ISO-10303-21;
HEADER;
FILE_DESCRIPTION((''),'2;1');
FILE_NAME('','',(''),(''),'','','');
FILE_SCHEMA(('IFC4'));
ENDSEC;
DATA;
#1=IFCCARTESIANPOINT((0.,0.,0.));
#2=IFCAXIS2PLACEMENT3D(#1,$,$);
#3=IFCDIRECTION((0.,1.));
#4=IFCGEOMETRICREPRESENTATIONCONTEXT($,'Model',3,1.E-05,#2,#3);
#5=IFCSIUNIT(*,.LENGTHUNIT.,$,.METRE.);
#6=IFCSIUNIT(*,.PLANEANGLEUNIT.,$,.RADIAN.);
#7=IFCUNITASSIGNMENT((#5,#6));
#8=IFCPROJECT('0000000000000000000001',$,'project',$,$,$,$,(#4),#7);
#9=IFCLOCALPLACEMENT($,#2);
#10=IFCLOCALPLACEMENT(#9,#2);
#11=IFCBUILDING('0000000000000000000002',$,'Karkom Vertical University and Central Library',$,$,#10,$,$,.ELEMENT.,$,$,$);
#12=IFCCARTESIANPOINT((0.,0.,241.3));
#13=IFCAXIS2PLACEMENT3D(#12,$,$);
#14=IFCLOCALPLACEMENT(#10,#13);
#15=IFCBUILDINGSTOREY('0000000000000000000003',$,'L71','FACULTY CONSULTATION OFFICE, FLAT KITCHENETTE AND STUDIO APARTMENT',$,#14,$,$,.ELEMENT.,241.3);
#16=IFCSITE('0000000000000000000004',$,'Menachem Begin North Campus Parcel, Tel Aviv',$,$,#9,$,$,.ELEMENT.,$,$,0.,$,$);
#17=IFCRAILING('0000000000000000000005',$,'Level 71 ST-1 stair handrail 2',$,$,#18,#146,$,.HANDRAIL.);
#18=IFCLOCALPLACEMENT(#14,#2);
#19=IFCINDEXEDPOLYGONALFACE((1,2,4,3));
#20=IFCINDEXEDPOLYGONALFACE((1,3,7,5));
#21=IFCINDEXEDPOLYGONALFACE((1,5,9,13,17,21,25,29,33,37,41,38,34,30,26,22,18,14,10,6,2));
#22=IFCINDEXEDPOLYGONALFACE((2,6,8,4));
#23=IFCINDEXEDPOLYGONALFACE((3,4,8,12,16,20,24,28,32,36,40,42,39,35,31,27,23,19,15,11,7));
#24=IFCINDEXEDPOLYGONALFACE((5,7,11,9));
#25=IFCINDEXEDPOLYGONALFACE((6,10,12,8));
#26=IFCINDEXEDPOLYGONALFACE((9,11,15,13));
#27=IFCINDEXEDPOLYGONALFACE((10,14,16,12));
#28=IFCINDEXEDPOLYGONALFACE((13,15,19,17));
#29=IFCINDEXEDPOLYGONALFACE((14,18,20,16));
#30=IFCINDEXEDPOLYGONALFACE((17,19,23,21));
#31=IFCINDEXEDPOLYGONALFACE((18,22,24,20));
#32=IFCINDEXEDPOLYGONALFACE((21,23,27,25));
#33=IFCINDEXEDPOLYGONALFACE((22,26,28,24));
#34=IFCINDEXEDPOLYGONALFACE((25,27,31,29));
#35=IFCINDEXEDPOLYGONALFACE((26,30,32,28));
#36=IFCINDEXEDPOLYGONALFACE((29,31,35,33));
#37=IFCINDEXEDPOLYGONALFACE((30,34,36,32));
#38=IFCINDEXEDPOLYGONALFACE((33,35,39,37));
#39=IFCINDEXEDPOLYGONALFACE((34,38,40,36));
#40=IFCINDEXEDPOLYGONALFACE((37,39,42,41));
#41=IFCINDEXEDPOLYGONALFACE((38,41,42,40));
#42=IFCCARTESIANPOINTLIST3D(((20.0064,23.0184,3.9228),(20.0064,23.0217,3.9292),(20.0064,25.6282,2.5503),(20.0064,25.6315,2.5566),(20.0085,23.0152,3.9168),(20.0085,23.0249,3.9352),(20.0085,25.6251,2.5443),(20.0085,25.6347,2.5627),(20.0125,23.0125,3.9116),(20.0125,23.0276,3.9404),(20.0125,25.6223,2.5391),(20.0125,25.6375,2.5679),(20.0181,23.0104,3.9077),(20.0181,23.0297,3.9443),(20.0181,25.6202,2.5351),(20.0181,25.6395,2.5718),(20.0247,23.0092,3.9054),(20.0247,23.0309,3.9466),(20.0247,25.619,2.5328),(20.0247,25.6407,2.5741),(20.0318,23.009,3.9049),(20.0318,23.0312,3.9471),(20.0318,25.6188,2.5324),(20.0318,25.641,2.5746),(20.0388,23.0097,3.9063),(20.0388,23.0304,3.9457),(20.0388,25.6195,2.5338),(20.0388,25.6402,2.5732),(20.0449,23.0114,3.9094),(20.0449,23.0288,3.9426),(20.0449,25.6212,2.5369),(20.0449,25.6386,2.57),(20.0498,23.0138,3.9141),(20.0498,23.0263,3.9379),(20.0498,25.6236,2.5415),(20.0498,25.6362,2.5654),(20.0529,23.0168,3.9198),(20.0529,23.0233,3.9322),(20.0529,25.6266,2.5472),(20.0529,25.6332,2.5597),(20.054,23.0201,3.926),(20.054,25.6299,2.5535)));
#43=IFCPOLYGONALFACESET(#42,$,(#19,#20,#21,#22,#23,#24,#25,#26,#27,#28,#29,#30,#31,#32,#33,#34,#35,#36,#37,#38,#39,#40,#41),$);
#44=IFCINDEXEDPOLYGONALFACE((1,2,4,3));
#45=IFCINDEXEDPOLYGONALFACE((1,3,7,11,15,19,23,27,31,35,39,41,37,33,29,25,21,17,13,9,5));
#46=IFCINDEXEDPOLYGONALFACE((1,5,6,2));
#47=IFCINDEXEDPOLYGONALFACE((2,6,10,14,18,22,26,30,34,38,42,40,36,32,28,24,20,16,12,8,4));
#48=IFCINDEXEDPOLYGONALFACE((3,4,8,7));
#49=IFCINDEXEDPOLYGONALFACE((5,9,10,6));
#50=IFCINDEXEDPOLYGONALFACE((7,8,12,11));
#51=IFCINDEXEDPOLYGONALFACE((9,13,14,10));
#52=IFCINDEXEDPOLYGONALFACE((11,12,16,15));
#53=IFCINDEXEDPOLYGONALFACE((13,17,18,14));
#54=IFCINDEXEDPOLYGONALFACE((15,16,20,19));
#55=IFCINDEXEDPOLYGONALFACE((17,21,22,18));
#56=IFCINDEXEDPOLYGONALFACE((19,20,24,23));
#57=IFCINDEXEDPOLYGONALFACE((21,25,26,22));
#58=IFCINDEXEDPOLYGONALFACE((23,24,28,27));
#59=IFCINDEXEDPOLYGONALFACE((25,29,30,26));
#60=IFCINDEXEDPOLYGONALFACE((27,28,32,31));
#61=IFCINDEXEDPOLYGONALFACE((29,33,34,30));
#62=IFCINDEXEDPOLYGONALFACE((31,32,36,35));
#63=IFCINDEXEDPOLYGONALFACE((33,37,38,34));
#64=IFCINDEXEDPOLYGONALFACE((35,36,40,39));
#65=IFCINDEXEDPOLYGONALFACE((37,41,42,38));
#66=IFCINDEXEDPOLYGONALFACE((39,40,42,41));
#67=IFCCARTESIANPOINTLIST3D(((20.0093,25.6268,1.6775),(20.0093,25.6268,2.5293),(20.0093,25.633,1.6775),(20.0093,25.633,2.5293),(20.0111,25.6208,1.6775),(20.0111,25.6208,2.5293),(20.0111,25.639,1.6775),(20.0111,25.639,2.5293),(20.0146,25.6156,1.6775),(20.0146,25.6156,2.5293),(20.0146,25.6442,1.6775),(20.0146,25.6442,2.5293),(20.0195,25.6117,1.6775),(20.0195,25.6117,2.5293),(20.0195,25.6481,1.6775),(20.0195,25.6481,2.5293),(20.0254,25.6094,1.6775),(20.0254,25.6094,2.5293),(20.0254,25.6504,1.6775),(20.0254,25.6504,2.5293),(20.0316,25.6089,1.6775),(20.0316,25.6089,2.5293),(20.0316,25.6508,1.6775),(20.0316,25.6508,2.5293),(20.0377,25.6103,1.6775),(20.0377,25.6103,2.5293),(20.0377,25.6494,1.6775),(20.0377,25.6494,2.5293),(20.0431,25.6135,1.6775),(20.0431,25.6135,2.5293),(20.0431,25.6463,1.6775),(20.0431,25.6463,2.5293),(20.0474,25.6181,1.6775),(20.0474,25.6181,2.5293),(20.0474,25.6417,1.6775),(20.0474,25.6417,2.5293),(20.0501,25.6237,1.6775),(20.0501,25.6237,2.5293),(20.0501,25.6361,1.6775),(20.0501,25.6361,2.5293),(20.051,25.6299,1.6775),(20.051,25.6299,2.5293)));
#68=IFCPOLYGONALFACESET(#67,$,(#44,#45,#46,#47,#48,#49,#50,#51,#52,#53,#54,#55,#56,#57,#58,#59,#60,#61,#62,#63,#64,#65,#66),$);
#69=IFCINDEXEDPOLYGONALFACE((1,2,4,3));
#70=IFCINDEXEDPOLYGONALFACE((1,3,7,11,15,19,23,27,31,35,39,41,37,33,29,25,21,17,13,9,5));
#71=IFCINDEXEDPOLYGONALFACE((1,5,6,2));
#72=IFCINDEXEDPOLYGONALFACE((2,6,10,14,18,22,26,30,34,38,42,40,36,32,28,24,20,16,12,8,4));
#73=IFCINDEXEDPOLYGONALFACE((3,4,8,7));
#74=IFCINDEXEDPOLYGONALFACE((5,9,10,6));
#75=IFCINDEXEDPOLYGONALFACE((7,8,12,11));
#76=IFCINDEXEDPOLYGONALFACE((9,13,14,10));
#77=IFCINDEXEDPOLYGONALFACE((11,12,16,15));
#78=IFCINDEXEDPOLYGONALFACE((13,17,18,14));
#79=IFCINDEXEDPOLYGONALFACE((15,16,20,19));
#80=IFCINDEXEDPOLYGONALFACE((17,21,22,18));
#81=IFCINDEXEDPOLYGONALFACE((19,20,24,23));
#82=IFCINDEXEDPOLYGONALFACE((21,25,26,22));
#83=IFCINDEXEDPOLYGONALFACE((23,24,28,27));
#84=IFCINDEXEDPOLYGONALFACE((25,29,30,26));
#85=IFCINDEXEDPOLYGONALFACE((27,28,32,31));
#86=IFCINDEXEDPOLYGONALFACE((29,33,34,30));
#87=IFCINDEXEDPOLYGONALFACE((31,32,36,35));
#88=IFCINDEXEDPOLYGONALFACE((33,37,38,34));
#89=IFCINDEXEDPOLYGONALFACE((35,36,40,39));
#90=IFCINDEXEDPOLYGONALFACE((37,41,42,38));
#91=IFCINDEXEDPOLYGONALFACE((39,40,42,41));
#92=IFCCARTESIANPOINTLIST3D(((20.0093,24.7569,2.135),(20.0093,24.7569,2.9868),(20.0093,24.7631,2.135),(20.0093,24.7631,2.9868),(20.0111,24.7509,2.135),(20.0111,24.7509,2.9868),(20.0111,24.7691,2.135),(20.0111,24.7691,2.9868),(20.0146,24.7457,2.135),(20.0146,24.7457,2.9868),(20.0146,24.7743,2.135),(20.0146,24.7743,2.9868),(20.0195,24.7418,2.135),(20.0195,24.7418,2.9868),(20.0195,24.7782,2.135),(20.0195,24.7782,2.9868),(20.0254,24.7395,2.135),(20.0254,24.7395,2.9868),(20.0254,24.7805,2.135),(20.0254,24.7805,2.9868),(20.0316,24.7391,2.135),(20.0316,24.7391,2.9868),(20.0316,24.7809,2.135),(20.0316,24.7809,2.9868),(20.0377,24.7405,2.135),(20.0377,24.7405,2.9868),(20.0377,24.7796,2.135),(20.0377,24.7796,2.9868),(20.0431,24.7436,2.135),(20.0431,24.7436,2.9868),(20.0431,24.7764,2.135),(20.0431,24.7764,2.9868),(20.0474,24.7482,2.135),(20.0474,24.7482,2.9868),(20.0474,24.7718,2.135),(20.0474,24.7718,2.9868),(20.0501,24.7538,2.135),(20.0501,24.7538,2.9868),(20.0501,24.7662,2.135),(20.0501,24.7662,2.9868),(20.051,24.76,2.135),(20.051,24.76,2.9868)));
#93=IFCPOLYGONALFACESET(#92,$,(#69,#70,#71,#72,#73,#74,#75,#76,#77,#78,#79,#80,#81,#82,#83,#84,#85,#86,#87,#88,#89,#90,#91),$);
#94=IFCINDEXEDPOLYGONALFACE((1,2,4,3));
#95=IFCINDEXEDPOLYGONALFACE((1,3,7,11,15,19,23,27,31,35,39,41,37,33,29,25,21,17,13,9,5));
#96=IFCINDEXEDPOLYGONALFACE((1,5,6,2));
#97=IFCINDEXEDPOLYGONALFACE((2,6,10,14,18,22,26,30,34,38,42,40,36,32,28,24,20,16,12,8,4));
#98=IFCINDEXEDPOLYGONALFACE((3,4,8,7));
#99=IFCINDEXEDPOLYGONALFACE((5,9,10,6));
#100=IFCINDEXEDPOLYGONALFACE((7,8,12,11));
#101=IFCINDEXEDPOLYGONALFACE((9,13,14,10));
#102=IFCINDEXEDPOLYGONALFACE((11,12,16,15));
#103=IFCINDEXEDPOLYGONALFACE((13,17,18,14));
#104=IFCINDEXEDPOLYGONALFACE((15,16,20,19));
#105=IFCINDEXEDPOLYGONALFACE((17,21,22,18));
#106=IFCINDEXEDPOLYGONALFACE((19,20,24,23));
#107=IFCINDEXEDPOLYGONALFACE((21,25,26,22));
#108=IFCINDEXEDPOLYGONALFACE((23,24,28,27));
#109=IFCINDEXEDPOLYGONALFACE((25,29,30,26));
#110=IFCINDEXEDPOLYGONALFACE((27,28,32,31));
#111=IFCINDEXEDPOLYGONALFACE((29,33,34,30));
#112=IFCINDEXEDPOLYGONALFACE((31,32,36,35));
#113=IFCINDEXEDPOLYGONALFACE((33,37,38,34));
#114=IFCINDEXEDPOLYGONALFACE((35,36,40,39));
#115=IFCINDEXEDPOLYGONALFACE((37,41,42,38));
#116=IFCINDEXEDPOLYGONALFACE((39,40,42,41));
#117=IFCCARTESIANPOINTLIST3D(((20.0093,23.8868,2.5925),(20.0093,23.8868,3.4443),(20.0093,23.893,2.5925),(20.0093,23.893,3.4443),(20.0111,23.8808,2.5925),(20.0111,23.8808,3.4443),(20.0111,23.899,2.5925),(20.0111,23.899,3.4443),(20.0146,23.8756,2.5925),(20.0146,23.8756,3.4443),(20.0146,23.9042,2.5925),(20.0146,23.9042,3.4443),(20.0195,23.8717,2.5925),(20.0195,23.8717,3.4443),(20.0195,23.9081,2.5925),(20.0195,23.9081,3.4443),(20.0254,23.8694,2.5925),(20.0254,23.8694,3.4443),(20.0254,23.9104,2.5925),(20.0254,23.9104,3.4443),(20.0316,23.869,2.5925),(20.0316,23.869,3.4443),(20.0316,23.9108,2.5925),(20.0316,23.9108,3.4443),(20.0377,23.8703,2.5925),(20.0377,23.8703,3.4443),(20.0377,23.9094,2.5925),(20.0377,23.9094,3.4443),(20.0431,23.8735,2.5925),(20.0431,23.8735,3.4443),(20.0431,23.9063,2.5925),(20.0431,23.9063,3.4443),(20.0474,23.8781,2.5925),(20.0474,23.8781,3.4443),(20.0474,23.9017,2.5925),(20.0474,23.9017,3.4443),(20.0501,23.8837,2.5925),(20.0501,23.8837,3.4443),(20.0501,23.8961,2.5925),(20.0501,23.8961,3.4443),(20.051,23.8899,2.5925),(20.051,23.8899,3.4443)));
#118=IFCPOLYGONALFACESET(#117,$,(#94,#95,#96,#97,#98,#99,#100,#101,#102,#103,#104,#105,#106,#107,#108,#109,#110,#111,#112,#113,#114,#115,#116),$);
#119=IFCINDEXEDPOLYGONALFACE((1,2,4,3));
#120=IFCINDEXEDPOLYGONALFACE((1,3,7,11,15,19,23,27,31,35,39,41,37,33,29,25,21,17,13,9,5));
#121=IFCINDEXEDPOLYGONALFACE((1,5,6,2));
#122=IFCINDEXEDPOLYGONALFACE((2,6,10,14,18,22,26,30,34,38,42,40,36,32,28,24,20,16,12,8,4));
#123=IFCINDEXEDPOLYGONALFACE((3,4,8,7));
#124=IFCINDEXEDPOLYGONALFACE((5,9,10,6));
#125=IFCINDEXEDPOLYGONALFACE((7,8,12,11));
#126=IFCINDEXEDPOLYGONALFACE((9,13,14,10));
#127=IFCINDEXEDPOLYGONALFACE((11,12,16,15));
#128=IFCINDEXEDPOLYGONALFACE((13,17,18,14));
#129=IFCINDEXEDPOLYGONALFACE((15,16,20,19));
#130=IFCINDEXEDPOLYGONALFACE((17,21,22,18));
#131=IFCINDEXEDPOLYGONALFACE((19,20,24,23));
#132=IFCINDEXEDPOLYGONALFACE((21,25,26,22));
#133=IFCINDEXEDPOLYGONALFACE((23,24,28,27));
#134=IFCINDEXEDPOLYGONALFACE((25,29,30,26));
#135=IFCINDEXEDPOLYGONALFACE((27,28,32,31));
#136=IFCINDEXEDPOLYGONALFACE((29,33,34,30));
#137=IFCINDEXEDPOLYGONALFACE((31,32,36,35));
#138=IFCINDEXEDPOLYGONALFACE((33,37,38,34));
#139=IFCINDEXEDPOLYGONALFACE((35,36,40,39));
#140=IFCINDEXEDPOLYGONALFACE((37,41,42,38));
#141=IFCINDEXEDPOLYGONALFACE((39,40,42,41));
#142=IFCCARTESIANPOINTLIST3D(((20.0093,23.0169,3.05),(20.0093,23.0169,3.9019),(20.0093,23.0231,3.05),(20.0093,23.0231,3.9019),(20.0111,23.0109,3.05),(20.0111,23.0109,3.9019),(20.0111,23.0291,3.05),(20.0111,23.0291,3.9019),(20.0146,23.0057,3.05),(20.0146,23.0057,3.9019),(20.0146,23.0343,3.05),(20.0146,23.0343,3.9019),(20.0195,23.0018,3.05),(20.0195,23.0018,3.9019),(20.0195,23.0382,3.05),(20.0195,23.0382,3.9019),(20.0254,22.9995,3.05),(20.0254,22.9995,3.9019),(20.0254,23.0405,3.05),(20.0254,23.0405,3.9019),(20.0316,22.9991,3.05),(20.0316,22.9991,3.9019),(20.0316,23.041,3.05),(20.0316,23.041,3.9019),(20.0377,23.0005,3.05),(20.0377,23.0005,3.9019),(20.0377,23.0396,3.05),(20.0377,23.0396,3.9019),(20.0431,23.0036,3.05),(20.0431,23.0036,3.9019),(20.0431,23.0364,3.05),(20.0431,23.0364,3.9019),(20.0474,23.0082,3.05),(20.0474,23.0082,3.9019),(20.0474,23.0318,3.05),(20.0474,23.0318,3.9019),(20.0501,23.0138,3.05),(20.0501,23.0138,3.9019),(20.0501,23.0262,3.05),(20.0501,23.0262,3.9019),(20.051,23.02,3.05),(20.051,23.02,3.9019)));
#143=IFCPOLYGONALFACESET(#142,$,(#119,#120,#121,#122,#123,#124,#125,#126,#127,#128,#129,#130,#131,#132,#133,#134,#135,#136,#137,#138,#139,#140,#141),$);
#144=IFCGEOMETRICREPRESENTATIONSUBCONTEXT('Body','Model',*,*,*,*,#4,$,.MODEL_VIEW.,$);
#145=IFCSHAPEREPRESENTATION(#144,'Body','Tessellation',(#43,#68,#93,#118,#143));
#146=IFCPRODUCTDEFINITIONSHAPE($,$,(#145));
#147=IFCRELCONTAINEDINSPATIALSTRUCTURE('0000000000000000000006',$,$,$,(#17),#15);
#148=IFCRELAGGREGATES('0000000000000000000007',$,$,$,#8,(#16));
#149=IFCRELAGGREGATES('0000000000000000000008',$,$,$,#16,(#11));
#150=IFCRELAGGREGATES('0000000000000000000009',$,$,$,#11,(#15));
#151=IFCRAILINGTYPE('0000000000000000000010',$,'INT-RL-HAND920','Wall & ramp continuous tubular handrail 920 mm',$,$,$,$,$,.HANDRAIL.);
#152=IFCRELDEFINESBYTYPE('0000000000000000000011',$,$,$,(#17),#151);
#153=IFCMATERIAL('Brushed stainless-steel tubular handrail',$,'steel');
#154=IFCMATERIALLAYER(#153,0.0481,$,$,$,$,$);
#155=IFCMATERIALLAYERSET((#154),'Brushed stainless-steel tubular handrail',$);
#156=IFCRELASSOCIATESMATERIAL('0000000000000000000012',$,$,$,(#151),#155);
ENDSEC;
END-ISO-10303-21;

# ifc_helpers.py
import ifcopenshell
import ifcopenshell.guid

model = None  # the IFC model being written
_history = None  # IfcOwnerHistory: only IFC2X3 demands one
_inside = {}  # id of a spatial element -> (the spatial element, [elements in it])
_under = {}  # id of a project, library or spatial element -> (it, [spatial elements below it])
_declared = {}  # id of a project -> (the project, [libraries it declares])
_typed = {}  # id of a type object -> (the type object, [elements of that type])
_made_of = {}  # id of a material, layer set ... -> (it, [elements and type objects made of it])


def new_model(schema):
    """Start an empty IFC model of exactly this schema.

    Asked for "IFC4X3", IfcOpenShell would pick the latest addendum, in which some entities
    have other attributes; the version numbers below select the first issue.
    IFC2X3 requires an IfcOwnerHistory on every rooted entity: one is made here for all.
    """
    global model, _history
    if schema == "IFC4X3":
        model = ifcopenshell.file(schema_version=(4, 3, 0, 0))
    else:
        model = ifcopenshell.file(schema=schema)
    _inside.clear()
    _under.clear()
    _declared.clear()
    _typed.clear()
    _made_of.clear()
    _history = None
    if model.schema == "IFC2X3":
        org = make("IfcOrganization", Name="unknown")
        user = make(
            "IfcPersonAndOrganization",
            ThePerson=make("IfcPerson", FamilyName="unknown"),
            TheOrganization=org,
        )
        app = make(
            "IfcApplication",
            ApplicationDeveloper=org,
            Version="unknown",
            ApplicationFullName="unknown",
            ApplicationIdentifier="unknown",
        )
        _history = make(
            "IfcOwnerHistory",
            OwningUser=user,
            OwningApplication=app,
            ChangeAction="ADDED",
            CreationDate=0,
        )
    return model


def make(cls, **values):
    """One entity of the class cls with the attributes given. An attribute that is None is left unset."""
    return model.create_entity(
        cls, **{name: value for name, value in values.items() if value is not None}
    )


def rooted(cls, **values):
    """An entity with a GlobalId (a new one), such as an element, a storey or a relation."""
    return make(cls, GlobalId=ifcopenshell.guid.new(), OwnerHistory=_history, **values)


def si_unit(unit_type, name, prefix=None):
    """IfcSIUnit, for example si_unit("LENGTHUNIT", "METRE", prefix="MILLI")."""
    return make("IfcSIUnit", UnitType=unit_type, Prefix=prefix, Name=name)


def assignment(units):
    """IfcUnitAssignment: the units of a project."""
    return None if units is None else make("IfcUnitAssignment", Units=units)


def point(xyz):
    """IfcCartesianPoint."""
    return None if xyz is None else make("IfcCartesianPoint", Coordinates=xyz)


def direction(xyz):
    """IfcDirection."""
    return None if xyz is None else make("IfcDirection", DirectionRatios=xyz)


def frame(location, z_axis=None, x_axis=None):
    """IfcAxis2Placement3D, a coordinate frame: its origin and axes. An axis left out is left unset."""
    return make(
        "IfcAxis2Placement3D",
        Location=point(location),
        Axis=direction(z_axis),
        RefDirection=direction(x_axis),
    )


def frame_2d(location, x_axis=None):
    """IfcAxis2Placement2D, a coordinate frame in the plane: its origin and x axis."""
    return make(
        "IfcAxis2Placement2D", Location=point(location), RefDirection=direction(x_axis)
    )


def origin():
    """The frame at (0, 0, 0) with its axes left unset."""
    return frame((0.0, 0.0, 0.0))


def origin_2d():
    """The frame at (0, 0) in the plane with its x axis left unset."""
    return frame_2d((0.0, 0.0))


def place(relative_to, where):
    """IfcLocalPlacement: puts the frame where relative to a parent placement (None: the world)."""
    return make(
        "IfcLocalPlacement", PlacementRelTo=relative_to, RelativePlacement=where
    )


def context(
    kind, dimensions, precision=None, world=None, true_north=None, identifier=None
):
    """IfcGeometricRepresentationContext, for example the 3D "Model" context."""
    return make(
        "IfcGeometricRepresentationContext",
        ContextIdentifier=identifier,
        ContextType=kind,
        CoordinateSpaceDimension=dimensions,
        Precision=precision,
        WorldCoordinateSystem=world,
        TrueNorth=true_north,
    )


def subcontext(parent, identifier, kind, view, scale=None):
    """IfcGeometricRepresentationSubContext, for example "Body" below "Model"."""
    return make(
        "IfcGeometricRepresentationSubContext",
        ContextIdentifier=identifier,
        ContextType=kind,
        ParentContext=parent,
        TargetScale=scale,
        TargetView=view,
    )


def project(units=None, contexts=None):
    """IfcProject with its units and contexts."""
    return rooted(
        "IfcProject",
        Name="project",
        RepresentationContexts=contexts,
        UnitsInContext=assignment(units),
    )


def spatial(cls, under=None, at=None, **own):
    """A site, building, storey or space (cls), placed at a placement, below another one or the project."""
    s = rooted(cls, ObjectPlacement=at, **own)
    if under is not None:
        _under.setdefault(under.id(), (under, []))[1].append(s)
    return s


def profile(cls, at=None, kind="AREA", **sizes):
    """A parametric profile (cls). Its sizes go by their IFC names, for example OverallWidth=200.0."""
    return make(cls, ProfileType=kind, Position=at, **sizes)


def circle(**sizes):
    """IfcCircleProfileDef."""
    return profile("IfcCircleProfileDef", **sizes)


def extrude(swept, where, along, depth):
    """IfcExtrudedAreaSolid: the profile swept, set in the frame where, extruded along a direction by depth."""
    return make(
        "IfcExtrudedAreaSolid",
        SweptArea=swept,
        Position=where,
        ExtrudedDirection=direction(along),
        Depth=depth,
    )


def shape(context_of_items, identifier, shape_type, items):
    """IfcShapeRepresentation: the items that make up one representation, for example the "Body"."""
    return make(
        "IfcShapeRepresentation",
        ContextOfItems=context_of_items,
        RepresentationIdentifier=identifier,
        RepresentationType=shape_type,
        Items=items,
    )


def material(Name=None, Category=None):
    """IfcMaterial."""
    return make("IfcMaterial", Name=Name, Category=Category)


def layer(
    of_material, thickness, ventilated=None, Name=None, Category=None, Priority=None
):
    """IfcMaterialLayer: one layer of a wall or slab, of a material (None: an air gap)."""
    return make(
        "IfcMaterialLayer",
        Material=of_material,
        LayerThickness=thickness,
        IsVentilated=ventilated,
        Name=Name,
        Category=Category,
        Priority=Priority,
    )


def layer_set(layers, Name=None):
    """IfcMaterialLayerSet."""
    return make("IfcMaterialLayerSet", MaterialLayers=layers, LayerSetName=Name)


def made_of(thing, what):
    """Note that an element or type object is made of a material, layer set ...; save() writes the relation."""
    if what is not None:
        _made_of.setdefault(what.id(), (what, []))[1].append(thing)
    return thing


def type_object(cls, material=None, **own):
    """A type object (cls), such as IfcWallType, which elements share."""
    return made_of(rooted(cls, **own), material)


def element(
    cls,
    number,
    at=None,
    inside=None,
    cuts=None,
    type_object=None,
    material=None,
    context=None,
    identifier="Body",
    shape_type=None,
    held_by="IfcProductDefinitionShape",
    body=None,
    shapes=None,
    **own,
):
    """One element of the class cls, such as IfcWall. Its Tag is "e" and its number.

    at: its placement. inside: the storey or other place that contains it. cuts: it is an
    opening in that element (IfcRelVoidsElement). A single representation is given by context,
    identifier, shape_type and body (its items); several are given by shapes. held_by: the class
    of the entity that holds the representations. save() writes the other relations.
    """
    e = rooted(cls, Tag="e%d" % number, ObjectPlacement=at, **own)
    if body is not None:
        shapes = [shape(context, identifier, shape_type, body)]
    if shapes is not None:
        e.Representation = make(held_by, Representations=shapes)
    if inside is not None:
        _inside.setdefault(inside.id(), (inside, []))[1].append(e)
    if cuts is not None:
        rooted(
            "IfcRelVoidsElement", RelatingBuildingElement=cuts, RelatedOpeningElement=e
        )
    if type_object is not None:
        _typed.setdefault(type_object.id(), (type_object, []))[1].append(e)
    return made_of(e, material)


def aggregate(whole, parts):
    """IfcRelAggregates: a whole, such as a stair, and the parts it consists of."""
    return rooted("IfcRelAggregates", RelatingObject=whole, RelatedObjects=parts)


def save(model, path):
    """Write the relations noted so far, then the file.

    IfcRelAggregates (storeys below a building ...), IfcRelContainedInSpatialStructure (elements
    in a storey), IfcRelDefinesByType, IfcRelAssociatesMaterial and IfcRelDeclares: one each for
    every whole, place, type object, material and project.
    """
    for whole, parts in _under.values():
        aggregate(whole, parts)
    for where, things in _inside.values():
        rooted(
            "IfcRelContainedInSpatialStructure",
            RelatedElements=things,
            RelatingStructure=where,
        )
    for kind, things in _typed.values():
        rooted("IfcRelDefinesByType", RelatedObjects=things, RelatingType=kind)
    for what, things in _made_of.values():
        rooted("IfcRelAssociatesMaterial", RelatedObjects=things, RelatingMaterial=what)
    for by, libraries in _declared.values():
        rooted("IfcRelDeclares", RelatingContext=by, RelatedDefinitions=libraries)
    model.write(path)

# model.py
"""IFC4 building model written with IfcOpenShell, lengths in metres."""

from ifc_helpers import new_model, si_unit, direction, frame, origin, origin_2d, place, context, subcontext, project, spatial, circle, extrude, material, layer, layer_set, type_object, element, save


model = new_model("IFC4")

# Units and contexts
model_context = context("Model", 3, precision=1e-05, world=origin(), true_north=direction((0.0, 1.0)))
body_context = subcontext(model_context, "Body", "Model", "MODEL_VIEW")
ifc_project = project(units=[si_unit("LENGTHUNIT", "METRE"), si_unit("PLANEANGLEUNIT", "RADIAN")], contexts=[model_context])

# Site, building, storey
site_placement = place(None, origin())
site = spatial("IfcSite", under=ifc_project, at=site_placement, Name="Menachem Begin North Campus Parcel, Tel Aviv", CompositionType="ELEMENT", RefElevation=0.0)
building_placement = place(site_placement, origin())
building = spatial("IfcBuilding", under=site, at=building_placement, Name="Karkom Vertical University and Central Library", CompositionType="ELEMENT")
storey_placement = place(building_placement, frame((0.0, 0.0, 241.3)))
storey = spatial("IfcBuildingStorey", under=building, at=storey_placement, Name="L71", Description="FACULTY CONSULTATION OFFICE, FLAT KITCHENETTE AND STUDIO APARTMENT", CompositionType="ELEMENT", Elevation=241.3)

# Railing
ifc_material_1 = material(Name="Brushed stainless-steel tubular handrail", Category="steel")
ifc_layer_1 = layer(ifc_material_1, 0.0481)
ifc_layer_set_1 = layer_set([ifc_layer_1], Name="Brushed stainless-steel tubular handrail")
railing_type_1 = type_object("IfcRailingType", Name="INT-RL-HAND920", Description="Wall & ramp continuous tubular handrail 920 mm", PredefinedType="HANDRAIL", material=ifc_layer_set_1)
railing_1_placement = place(storey_placement, frame((20.03, 25.6299, 1.6775)))
element("IfcRailing", 1, at=railing_1_placement, inside=storey, type_object=railing_type_1, Name="Level 71 ST-1 stair handrail 2", PredefinedType="HANDRAIL", context=body_context, shape_type="SweptSolid", body=[
    extrude(circle(Radius=0.0239, at=origin_2d()), frame((0.0, 0.0, 0.876), z_axis=(0.0, -0.885065, 0.465467), x_axis=(1.0, 0.0, 0.0)), (0.0, 0.0, 1.0), 2.9487),
    extrude(circle(Radius=0.021, at=origin_2d()), origin(), (0.0, 0.0, 1.0), 0.8518),
    extrude(circle(Radius=0.021, at=origin_2d()), frame((0.0, -0.8699, 0.4575)), (0.0, 0.0, 1.0), 0.8518),
    extrude(circle(Radius=0.021, at=origin_2d()), frame((0.0, -1.74, 0.915)), (0.0, 0.0, 1.0), 0.8518),
    extrude(circle(Radius=0.021, at=origin_2d()), frame((0.0, -2.6099, 1.3726)), (0.0, 0.0, 1.0), 0.8518),
])

save(model, "model.ifc")
